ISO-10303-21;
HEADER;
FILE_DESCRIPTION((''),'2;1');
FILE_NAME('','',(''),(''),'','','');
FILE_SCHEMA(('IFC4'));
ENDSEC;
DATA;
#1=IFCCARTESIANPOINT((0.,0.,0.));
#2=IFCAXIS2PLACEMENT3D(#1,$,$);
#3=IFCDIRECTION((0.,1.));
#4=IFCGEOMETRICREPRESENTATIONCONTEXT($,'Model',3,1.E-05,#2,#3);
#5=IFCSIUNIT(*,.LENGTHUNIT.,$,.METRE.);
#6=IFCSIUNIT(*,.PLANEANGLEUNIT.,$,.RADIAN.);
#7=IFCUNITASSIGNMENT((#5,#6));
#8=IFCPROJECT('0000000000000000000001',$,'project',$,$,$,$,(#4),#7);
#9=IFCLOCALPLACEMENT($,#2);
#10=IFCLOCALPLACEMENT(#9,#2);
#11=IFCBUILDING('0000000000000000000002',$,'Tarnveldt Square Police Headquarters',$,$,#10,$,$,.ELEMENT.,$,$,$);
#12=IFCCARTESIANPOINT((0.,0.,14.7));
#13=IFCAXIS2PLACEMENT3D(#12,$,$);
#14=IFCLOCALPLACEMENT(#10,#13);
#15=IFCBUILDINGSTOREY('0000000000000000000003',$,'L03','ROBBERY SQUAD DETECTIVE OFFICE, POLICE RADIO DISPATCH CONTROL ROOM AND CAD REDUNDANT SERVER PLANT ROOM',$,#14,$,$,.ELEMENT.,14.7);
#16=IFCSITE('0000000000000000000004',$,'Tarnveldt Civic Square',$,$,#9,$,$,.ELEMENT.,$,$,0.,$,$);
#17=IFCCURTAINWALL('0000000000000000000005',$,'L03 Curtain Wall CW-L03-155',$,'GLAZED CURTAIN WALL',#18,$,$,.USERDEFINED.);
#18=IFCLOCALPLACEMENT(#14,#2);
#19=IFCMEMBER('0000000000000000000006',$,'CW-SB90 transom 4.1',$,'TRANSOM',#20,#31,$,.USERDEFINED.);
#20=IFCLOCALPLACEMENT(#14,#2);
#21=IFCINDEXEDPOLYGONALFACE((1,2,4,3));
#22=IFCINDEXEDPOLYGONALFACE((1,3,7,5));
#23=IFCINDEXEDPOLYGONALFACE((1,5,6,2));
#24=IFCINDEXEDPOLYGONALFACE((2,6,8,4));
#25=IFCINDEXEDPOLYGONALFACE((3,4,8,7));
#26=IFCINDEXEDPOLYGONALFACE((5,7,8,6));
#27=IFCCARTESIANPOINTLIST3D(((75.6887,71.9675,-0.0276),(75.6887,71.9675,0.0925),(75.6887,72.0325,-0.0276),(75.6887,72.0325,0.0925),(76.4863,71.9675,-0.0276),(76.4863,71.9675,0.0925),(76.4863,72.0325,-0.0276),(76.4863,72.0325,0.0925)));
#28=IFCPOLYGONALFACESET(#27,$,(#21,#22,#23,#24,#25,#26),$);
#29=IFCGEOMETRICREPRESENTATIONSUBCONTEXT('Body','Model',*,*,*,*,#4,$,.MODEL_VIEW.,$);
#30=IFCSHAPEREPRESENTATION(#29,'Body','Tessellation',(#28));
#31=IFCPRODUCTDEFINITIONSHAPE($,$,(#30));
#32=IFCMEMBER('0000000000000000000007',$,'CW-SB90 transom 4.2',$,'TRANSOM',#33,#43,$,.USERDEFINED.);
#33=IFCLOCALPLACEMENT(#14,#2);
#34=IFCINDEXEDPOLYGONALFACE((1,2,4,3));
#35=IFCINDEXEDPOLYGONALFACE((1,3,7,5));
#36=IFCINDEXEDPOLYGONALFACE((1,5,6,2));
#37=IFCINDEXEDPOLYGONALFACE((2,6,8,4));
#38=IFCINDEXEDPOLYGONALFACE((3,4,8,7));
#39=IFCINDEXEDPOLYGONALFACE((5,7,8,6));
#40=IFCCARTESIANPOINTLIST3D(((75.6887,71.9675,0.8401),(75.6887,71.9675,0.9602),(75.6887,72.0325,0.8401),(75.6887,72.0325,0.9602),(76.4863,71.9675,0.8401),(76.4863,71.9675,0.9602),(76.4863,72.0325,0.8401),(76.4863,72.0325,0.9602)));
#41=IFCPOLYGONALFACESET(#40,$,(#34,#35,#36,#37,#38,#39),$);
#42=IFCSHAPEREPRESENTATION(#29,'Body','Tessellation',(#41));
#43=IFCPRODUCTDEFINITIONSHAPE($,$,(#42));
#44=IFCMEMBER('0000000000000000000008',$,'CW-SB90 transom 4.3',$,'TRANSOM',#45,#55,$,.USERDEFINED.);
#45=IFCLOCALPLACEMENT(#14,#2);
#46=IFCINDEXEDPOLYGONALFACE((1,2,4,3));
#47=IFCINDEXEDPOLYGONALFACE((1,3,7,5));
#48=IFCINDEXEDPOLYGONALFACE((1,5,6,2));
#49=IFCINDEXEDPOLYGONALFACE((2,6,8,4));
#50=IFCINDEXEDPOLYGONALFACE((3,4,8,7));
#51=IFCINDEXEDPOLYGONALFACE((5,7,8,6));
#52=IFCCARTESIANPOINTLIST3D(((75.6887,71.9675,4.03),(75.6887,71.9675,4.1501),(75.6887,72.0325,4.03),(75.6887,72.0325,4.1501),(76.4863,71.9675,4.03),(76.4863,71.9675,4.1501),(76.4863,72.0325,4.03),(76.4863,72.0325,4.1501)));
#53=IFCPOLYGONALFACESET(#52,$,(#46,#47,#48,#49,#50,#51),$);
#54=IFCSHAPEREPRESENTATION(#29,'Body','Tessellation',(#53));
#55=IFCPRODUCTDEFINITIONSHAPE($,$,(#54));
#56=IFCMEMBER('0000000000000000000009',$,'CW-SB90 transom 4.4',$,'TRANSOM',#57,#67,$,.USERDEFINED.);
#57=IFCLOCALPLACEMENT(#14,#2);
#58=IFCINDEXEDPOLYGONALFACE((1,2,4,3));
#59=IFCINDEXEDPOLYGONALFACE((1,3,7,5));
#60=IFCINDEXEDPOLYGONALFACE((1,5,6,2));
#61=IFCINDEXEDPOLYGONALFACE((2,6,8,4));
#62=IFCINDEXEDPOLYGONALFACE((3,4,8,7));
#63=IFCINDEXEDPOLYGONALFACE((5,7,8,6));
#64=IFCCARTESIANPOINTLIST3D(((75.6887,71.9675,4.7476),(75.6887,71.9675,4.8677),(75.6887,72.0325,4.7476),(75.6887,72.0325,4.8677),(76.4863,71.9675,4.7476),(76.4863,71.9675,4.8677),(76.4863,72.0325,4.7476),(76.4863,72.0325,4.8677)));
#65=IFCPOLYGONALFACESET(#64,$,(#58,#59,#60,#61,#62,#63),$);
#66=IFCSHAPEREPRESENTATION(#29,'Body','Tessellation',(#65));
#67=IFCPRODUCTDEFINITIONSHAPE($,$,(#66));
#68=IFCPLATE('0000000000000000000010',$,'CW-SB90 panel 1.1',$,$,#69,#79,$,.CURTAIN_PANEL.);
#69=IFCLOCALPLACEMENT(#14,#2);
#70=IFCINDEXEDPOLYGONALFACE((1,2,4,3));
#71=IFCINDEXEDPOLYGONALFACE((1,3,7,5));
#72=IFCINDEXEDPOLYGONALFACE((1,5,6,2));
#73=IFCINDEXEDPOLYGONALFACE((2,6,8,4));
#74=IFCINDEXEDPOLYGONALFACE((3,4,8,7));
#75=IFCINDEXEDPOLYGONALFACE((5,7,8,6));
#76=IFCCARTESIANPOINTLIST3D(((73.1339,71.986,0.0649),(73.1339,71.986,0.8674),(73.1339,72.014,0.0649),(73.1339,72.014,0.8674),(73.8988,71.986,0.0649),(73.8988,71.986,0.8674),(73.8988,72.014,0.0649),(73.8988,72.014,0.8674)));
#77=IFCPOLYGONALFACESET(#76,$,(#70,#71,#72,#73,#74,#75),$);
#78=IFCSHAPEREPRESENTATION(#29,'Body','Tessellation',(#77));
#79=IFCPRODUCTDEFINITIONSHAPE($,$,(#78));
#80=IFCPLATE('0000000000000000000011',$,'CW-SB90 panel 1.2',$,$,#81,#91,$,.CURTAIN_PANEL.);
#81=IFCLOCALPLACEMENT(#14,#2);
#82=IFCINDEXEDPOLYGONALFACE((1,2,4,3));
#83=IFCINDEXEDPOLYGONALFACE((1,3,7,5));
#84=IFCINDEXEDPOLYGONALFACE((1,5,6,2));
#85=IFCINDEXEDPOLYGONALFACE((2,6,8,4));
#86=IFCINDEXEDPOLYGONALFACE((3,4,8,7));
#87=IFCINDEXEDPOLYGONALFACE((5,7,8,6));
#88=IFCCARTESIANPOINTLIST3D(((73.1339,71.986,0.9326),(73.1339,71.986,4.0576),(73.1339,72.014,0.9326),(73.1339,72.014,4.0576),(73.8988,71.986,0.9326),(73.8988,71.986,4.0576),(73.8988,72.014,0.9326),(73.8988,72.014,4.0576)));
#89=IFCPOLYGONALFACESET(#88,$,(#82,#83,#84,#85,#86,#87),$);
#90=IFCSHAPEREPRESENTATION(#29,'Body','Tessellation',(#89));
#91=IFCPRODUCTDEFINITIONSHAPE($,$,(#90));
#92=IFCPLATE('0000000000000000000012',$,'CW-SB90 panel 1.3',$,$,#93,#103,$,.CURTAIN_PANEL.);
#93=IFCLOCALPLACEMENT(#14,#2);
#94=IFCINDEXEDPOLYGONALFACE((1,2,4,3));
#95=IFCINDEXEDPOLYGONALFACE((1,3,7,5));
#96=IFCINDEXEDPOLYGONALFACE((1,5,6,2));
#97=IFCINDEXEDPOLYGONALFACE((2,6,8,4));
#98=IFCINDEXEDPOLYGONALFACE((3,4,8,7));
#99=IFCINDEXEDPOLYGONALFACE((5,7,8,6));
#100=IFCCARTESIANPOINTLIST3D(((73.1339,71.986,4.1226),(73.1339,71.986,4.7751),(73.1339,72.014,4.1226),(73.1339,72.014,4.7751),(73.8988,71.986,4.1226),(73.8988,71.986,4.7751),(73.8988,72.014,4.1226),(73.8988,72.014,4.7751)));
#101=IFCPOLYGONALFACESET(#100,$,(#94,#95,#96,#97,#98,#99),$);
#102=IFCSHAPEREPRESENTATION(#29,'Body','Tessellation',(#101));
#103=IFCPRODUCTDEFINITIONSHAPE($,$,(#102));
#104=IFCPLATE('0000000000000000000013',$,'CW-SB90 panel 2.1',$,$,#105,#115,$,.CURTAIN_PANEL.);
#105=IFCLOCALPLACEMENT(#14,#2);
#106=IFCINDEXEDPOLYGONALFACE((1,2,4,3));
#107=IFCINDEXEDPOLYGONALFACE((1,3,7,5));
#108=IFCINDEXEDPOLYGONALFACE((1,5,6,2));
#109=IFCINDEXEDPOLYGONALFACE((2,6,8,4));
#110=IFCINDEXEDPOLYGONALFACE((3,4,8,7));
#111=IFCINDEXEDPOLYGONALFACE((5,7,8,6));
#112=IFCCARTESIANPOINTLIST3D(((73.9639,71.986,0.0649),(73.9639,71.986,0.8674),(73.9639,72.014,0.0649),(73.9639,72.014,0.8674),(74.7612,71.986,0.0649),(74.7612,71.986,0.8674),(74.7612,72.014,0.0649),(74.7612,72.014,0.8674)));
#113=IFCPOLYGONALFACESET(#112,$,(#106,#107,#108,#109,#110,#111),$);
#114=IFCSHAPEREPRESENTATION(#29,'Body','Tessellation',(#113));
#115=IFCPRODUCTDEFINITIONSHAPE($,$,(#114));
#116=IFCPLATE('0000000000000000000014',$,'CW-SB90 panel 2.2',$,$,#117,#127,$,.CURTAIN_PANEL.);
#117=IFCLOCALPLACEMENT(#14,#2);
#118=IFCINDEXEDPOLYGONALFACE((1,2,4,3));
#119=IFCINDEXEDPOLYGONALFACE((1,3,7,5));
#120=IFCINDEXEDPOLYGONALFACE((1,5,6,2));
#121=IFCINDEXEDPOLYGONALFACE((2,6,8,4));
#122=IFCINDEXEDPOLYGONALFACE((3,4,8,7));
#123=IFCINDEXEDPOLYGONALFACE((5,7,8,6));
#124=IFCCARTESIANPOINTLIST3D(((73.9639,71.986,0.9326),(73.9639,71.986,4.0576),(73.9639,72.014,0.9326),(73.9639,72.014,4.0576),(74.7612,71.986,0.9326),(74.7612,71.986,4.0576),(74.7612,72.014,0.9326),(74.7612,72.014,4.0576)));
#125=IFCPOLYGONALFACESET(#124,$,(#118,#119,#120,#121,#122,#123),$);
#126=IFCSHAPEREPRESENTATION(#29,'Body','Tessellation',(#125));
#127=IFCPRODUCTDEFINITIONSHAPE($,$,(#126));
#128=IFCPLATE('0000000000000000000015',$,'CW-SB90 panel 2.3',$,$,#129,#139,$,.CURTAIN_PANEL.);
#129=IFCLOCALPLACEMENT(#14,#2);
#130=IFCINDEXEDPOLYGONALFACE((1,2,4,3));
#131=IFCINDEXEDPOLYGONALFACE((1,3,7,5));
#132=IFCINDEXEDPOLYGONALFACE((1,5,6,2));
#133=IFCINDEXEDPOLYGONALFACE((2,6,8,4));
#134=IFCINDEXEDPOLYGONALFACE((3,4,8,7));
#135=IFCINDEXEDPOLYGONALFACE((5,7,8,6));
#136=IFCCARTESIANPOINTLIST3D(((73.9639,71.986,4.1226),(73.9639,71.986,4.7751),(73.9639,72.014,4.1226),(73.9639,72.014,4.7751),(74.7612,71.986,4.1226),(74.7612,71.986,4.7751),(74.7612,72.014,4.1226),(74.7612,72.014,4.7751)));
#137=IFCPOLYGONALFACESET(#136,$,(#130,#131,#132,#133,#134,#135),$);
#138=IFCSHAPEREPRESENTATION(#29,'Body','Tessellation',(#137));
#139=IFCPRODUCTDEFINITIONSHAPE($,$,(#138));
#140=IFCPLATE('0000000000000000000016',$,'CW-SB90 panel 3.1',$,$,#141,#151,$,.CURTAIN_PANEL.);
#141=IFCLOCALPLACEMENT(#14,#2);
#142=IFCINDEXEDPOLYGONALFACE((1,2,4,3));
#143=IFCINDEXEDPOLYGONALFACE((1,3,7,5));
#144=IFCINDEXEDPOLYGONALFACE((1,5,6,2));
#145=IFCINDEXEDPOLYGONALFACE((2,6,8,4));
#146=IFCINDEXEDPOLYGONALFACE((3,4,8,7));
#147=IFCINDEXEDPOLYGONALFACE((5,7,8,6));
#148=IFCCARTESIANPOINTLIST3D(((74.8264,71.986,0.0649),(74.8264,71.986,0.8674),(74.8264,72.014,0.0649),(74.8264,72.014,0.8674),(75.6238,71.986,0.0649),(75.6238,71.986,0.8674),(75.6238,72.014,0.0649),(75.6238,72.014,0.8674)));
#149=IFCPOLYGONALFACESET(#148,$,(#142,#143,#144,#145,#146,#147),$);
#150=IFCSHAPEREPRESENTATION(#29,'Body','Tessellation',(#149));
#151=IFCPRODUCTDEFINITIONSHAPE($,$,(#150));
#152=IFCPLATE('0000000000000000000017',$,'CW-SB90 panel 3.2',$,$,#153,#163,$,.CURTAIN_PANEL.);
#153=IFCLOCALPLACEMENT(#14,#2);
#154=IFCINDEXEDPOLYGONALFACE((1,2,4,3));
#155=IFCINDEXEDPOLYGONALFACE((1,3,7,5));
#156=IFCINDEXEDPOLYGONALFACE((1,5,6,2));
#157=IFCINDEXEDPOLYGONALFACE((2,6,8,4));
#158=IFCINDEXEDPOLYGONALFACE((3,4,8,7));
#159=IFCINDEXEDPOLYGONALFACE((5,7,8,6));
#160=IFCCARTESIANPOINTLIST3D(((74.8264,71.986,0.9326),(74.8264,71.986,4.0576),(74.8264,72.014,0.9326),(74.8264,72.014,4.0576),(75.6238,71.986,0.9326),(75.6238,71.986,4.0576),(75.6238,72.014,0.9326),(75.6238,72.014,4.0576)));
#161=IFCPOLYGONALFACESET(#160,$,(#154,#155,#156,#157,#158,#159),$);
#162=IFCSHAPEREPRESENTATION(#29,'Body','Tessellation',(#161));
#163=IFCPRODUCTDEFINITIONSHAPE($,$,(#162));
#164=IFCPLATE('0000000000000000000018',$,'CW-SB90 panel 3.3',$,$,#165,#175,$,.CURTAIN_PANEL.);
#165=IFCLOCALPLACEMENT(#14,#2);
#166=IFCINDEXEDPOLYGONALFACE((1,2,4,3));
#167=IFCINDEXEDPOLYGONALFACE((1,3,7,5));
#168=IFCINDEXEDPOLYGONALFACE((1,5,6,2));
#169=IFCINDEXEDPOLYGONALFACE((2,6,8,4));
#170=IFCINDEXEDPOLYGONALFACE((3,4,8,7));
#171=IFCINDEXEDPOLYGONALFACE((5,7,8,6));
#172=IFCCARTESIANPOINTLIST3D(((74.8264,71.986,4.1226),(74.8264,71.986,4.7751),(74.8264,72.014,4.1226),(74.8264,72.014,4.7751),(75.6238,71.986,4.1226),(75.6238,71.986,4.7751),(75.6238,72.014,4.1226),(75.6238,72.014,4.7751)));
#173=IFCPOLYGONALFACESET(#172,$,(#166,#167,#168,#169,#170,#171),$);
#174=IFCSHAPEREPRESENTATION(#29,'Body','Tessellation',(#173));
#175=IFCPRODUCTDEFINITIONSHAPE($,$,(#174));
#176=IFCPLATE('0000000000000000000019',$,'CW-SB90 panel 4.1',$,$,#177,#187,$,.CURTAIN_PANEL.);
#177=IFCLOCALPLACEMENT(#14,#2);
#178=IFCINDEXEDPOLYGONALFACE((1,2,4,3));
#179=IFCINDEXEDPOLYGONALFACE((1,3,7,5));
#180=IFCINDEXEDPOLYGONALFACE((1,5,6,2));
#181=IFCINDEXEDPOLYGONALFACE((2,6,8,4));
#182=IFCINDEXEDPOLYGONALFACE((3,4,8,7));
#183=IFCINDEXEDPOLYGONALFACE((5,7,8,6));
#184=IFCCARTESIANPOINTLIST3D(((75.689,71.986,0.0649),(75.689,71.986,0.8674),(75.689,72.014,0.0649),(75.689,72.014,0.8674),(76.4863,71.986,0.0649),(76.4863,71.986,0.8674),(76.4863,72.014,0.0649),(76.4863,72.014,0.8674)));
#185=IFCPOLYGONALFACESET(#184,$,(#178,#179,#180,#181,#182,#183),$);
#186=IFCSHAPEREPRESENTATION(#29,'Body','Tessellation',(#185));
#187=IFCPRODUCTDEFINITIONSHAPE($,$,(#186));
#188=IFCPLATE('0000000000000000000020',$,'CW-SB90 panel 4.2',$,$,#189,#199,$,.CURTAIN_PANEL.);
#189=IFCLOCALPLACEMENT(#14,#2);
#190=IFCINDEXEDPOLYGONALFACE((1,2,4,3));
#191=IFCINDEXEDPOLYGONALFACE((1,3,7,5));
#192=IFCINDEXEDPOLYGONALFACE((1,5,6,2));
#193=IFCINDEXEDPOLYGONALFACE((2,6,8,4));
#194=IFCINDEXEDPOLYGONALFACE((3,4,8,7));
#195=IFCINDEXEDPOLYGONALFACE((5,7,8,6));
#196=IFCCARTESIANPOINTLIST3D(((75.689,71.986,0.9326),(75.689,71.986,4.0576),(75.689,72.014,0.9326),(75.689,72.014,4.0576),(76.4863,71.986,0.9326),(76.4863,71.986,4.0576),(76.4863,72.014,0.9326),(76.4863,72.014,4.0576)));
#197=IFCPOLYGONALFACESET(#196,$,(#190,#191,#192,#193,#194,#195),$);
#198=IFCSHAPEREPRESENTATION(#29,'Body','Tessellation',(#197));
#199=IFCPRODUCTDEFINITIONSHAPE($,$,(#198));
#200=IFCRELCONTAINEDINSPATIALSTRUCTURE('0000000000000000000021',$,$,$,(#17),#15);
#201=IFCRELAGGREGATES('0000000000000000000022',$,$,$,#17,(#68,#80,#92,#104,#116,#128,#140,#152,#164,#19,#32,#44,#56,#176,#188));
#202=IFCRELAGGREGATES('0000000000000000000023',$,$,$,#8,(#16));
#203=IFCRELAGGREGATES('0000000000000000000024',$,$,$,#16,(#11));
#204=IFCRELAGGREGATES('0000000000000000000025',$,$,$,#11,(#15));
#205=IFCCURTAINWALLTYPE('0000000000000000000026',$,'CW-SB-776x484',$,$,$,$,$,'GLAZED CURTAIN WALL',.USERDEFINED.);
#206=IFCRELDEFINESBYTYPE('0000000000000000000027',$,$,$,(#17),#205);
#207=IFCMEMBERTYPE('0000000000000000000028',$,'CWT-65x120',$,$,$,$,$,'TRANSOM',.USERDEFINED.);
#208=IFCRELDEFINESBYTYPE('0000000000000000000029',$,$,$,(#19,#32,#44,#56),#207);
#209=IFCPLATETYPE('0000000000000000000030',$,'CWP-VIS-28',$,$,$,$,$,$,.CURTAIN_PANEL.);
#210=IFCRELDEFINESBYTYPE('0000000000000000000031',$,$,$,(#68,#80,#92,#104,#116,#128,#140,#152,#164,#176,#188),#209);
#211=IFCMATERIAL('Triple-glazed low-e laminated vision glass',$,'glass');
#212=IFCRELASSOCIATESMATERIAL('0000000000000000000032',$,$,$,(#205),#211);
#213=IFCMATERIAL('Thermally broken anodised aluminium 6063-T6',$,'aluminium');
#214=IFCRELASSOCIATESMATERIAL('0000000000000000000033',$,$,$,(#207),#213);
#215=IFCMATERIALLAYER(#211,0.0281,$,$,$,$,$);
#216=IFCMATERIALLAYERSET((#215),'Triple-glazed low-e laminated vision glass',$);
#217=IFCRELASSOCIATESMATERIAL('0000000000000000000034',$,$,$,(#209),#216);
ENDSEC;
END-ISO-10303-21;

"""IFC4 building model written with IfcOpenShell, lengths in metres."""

from ifc_helpers import new_model, si_unit, direction, frame, origin, origin_2d, place, context, subcontext, project, spatial, rectangle, extrude, material, layer, layer_set, material_profile, profile_set, type_object, element, aggregate, save


model = new_model("IFC4")

# Units and contexts
model_context = context("Model", 3, precision=1e-05, world=origin(), true_north=direction((0.0, 1.0)))
body_context = subcontext(model_context, "Body", "Model", "MODEL_VIEW")
ifc_project = project(units=[si_unit("LENGTHUNIT", "METRE"), si_unit("PLANEANGLEUNIT", "RADIAN")], contexts=[model_context])

# Site, building, storey
site_placement = place(None, origin())
site = spatial("IfcSite", under=ifc_project, at=site_placement, Name="Tarnveldt Civic Square", CompositionType="ELEMENT", RefElevation=0.0)
building_placement = place(site_placement, origin())
building = spatial("IfcBuilding", under=site, at=building_placement, Name="Tarnveldt Square Police Headquarters", CompositionType="ELEMENT")
storey_placement = place(building_placement, frame((0.0, 0.0, 14.7)))
storey = spatial("IfcBuildingStorey", under=building, at=storey_placement, Name="L03", Description="ROBBERY SQUAD DETECTIVE OFFICE, POLICE RADIO DISPATCH CONTROL ROOM AND CAD REDUNDANT SERVER PLANT ROOM", CompositionType="ELEMENT", Elevation=14.7)

# Curtain wall, members, plates
ifc_material_1 = material(Name="Triple-glazed low-e laminated vision glass", Category="glass")
curtain_wall_type = type_object("IfcCurtainWallType", Name="CW-SB-776x484", ElementType="GLAZED CURTAIN WALL", PredefinedType="USERDEFINED", material=ifc_material_1)
curtain_wall_placement = place(storey_placement, origin())
curtain_wall = element("IfcCurtainWall", 1, at=curtain_wall_placement, inside=storey, type_object=curtain_wall_type, Name="L03 Curtain Wall CW-L03-155", ObjectType="GLAZED CURTAIN WALL", PredefinedType="USERDEFINED")
ifc_material_2 = material(Name="Thermally broken anodised aluminium 6063-T6", Category="aluminium")
ifc_material_profile_1 = material_profile(ifc_material_2, rectangle(XDim=0.0649, YDim=0.1201, at=origin_2d()), Name="CW-T65x120")
ifc_profile_set_1 = profile_set([ifc_material_profile_1], Name="Thermally broken anodised aluminium 6063-T6")
member_type_1 = type_object("IfcMemberType", Name="CWT-65x120", ElementType="TRANSOM", PredefinedType="USERDEFINED", material=ifc_profile_set_1)
member_1_placement = place(storey_placement, frame((75.6887, 72.0, 0.0325), z_axis=(1.0, 0.0, 0.0), x_axis=(0.0, 1.0, 0.0)))
member_1 = element("IfcMember", 2, at=member_1_placement, type_object=member_type_1, Name="CW-SB90 transom 4.1", ObjectType="TRANSOM", PredefinedType="USERDEFINED", context=body_context, shape_type="SweptSolid", body=[
    extrude(rectangle(XDim=0.0649, YDim=0.1201, at=origin_2d()), origin(), (0.0, 0.0, 1.0), 0.7976),
])
member_2_placement = place(storey_placement, frame((75.6887, 72.0, 0.9001), z_axis=(1.0, 0.0, 0.0), x_axis=(0.0, 1.0, 0.0)))
member_2 = element("IfcMember", 3, at=member_2_placement, type_object=member_type_1, Name="CW-SB90 transom 4.2", ObjectType="TRANSOM", PredefinedType="USERDEFINED", context=body_context, shape_type="SweptSolid", body=[
    extrude(rectangle(XDim=0.0649, YDim=0.1201, at=origin_2d()), origin(), (0.0, 0.0, 1.0), 0.7976),
])
member_3_placement = place(storey_placement, frame((75.6887, 72.0, 4.0901), z_axis=(1.0, 0.0, 0.0), x_axis=(0.0, 1.0, 0.0)))
member_3 = element("IfcMember", 4, at=member_3_placement, type_object=member_type_1, Name="CW-SB90 transom 4.3", ObjectType="TRANSOM", PredefinedType="USERDEFINED", context=body_context, shape_type="SweptSolid", body=[
    extrude(rectangle(XDim=0.0649, YDim=0.1201, at=origin_2d()), origin(), (0.0, 0.0, 1.0), 0.7976),
])
member_4_placement = place(storey_placement, frame((75.6887, 72.0, 4.8076), z_axis=(1.0, 0.0, 0.0), x_axis=(0.0, 1.0, 0.0)))
member_4 = element("IfcMember", 5, at=member_4_placement, type_object=member_type_1, Name="CW-SB90 transom 4.4", ObjectType="TRANSOM", PredefinedType="USERDEFINED", context=body_context, shape_type="SweptSolid", body=[
    extrude(rectangle(XDim=0.0649, YDim=0.1201, at=origin_2d()), origin(), (0.0, 0.0, 1.0), 0.7976),
])
ifc_layer = layer(ifc_material_1, 0.0281)
ifc_layer_set = layer_set([ifc_layer], Name="Triple-glazed low-e laminated vision glass")
plate_type = type_object("IfcPlateType", Name="CWP-VIS-28", PredefinedType="CURTAIN_PANEL", material=ifc_layer_set)
plate_1_placement = place(storey_placement, frame((73.5164, 72.0, 0.0649), z_axis=(0.0, 0.0, 1.0), x_axis=(1.0, 0.0, 0.0)))
plate_1 = element("IfcPlate", 6, at=plate_1_placement, type_object=plate_type, Name="CW-SB90 panel 1.1", PredefinedType="CURTAIN_PANEL", context=body_context, shape_type="SweptSolid", body=[
    extrude(rectangle(XDim=0.7649, YDim=0.0281, at=origin_2d()), origin(), (0.0, 0.0, 1.0), 0.8025),
])
plate_2_placement = place(storey_placement, frame((73.5164, 72.0, 0.9326), z_axis=(0.0, 0.0, 1.0), x_axis=(1.0, 0.0, 0.0)))
plate_2 = element("IfcPlate", 7, at=plate_2_placement, type_object=plate_type, Name="CW-SB90 panel 1.2", PredefinedType="CURTAIN_PANEL", context=body_context, shape_type="SweptSolid", body=[
    extrude(rectangle(XDim=0.7649, YDim=0.0281, at=origin_2d()), origin(), (0.0, 0.0, 1.0), 3.125),
])
plate_3_placement = place(storey_placement, frame((73.5164, 72.0, 4.1226), z_axis=(0.0, 0.0, 1.0), x_axis=(1.0, 0.0, 0.0)))
plate_3 = element("IfcPlate", 8, at=plate_3_placement, type_object=plate_type, Name="CW-SB90 panel 1.3", PredefinedType="CURTAIN_PANEL", context=body_context, shape_type="SweptSolid", body=[
    extrude(rectangle(XDim=0.7649, YDim=0.0281, at=origin_2d()), origin(), (0.0, 0.0, 1.0), 0.6526),
])
plate_4_placement = place(storey_placement, frame((74.3625, 72.0, 0.0649), z_axis=(0.0, 0.0, 1.0), x_axis=(1.0, 0.0, 0.0)))
plate_4 = element("IfcPlate", 9, at=plate_4_placement, type_object=plate_type, Name="CW-SB90 panel 2.1", PredefinedType="CURTAIN_PANEL", context=body_context, shape_type="SweptSolid", body=[
    extrude(rectangle(XDim=0.7974, YDim=0.0281, at=origin_2d()), origin(), (0.0, 0.0, 1.0), 0.8025),
])
plate_5_placement = place(storey_placement, frame((74.3625, 72.0, 0.9326), z_axis=(0.0, 0.0, 1.0), x_axis=(1.0, 0.0, 0.0)))
plate_5 = element("IfcPlate", 10, at=plate_5_placement, type_object=plate_type, Name="CW-SB90 panel 2.2", PredefinedType="CURTAIN_PANEL", context=body_context, shape_type="SweptSolid", body=[
    extrude(rectangle(XDim=0.7974, YDim=0.0281, at=origin_2d()), origin(), (0.0, 0.0, 1.0), 3.125),
])
plate_6_placement = place(storey_placement, frame((74.3625, 72.0, 4.1226), z_axis=(0.0, 0.0, 1.0), x_axis=(1.0, 0.0, 0.0)))
plate_6 = element("IfcPlate", 11, at=plate_6_placement, type_object=plate_type, Name="CW-SB90 panel 2.3", PredefinedType="CURTAIN_PANEL", context=body_context, shape_type="SweptSolid", body=[
    extrude(rectangle(XDim=0.7974, YDim=0.0281, at=origin_2d()), origin(), (0.0, 0.0, 1.0), 0.6526),
])
plate_7_placement = place(storey_placement, frame((75.2251, 72.0, 0.0649), z_axis=(0.0, 0.0, 1.0), x_axis=(1.0, 0.0, 0.0)))
plate_7 = element("IfcPlate", 12, at=plate_7_placement, type_object=plate_type, Name="CW-SB90 panel 3.1", PredefinedType="CURTAIN_PANEL", context=body_context, shape_type="SweptSolid", body=[
    extrude(rectangle(XDim=0.7974, YDim=0.0281, at=origin_2d()), origin(), (0.0, 0.0, 1.0), 0.8025),
])
plate_8_placement = place(storey_placement, frame((75.2251, 72.0, 0.9326), z_axis=(0.0, 0.0, 1.0), x_axis=(1.0, 0.0, 0.0)))
plate_8 = element("IfcPlate", 13, at=plate_8_placement, type_object=plate_type, Name="CW-SB90 panel 3.2", PredefinedType="CURTAIN_PANEL", context=body_context, shape_type="SweptSolid", body=[
    extrude(rectangle(XDim=0.7974, YDim=0.0281, at=origin_2d()), origin(), (0.0, 0.0, 1.0), 3.125),
])
plate_9_placement = place(storey_placement, frame((75.2251, 72.0, 4.1226), z_axis=(0.0, 0.0, 1.0), x_axis=(1.0, 0.0, 0.0)))
plate_9 = element("IfcPlate", 14, at=plate_9_placement, type_object=plate_type, Name="CW-SB90 panel 3.3", PredefinedType="CURTAIN_PANEL", context=body_context, shape_type="SweptSolid", body=[
    extrude(rectangle(XDim=0.7974, YDim=0.0281, at=origin_2d()), origin(), (0.0, 0.0, 1.0), 0.6526),
])
plate_10_placement = place(storey_placement, frame((76.0876, 72.0, 0.0649), z_axis=(0.0, 0.0, 1.0), x_axis=(1.0, 0.0, 0.0)))
plate_10 = element("IfcPlate", 15, at=plate_10_placement, type_object=plate_type, Name="CW-SB90 panel 4.1", PredefinedType="CURTAIN_PANEL", context=body_context, shape_type="SweptSolid", body=[
    extrude(rectangle(XDim=0.7974, YDim=0.0281, at=origin_2d()), origin(), (0.0, 0.0, 1.0), 0.8025),
])
plate_11_placement = place(storey_placement, frame((76.0876, 72.0, 0.9326), z_axis=(0.0, 0.0, 1.0), x_axis=(1.0, 0.0, 0.0)))
plate_11 = element("IfcPlate", 16, at=plate_11_placement, type_object=plate_type, Name="CW-SB90 panel 4.2", PredefinedType="CURTAIN_PANEL", context=body_context, shape_type="SweptSolid", body=[
    extrude(rectangle(XDim=0.7974, YDim=0.0281, at=origin_2d()), origin(), (0.0, 0.0, 1.0), 3.125),
])
aggregate(curtain_wall, [plate_1, plate_2, plate_3, plate_4, plate_5, plate_6, plate_7, plate_8, plate_9, member_1, member_2, member_3, member_4, plate_10, plate_11])

save(model, "model.ifc")
